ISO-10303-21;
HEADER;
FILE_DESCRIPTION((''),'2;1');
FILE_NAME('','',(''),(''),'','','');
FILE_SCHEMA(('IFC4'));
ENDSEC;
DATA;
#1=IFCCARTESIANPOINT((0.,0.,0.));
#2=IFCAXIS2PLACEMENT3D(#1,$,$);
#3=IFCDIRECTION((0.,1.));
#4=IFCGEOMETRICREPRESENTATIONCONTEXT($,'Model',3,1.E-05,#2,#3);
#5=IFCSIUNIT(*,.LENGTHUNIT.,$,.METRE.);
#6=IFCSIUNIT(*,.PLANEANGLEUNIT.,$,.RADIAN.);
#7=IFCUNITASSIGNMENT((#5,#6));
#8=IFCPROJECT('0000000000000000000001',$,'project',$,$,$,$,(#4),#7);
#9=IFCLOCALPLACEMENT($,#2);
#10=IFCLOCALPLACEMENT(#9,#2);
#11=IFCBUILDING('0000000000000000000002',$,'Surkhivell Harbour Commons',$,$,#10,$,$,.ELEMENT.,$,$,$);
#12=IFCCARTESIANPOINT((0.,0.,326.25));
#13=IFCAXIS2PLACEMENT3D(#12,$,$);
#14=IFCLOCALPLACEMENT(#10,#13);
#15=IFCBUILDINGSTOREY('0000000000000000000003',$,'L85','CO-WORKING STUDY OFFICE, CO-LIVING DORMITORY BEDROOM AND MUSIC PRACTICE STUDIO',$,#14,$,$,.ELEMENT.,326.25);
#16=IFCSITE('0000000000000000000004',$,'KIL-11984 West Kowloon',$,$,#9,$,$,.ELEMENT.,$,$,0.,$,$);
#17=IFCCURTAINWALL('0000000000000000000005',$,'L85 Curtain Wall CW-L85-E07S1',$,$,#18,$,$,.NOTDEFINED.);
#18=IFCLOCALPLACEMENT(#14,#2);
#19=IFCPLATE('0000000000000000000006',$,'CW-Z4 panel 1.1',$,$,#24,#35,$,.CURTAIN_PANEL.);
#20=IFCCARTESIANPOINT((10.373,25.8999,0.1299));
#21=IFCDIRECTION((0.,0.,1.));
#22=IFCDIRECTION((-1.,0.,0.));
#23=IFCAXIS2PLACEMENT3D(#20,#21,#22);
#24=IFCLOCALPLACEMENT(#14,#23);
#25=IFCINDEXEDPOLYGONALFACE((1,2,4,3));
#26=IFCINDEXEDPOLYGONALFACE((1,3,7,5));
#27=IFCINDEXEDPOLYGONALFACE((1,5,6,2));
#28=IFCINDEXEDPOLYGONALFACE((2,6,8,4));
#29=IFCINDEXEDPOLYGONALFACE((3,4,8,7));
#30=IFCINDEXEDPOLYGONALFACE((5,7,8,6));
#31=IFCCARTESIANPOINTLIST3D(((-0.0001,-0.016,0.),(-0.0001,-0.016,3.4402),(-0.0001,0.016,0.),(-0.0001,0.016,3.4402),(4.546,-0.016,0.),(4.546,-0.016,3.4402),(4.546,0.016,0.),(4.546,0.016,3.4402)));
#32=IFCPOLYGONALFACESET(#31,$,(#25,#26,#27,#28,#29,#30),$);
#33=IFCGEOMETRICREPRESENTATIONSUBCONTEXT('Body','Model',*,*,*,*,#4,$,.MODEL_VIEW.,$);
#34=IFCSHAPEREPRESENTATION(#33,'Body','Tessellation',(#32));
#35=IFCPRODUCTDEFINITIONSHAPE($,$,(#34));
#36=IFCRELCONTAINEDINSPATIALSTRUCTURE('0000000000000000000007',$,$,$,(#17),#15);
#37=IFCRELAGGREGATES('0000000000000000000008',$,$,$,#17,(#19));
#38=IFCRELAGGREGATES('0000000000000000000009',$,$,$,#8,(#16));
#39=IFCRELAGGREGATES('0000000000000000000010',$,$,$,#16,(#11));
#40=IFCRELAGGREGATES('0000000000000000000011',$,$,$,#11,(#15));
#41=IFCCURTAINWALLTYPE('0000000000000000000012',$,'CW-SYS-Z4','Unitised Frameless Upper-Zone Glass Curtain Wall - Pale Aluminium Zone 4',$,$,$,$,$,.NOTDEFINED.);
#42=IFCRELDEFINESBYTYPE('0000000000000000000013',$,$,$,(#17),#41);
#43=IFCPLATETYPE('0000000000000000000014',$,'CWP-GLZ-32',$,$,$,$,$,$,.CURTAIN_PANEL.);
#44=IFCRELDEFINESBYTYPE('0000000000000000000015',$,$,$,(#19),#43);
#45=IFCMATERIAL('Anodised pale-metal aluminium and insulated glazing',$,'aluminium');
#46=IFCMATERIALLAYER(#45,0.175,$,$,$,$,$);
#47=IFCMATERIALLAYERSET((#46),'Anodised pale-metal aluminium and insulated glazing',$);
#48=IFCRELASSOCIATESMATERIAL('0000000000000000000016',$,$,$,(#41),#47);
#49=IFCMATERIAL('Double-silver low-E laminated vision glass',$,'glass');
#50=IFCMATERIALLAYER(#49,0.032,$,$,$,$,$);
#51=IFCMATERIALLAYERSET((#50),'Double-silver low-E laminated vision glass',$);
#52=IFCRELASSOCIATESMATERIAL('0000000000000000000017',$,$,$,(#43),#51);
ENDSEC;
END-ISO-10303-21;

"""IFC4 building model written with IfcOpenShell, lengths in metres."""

from ifc_helpers import new_model, si_unit, direction, frame, frame_2d, origin, place, context, subcontext, project, spatial, rectangle, extrude, material, layer, layer_set, type_object, element, aggregate, save


model = new_model("IFC4")

# Units and contexts
model_context = context("Model", 3, precision=1e-05, world=origin(), true_north=direction((0.0, 1.0)))
body_context = subcontext(model_context, "Body", "Model", "MODEL_VIEW")
ifc_project = project(units=[si_unit("LENGTHUNIT", "METRE"), si_unit("PLANEANGLEUNIT", "RADIAN")], contexts=[model_context])

# Site, building, storey
site_placement = place(None, origin())
site = spatial("IfcSite", under=ifc_project, at=site_placement, Name="KIL-11984 West Kowloon", CompositionType="ELEMENT", RefElevation=0.0)
building_placement = place(site_placement, origin())
building = spatial("IfcBuilding", under=site, at=building_placement, Name="Surkhivell Harbour Commons", CompositionType="ELEMENT")
storey_placement = place(building_placement, frame((0.0, 0.0, 326.25)))
storey = spatial("IfcBuildingStorey", under=building, at=storey_placement, Name="L85", Description="CO-WORKING STUDY OFFICE, CO-LIVING DORMITORY BEDROOM AND MUSIC PRACTICE STUDIO", CompositionType="ELEMENT", Elevation=326.25)

# Curtain wall
ifc_material_1 = material(Name="Anodised pale-metal aluminium and insulated glazing", Category="aluminium")
ifc_layer_1 = layer(ifc_material_1, 0.175)
ifc_layer_set_1 = layer_set([ifc_layer_1], Name="Anodised pale-metal aluminium and insulated glazing")
curtain_wall_type = type_object("IfcCurtainWallType", Name="CW-SYS-Z4", Description="Unitised Frameless Upper-Zone Glass Curtain Wall - Pale Aluminium Zone 4", PredefinedType="NOTDEFINED", material=ifc_layer_set_1)
curtain_wall_1_placement = place(storey_placement, origin())
curtain_wall_1 = element("IfcCurtainWall", 1, at=curtain_wall_1_placement, inside=storey, type_object=curtain_wall_type, Name="L85 Curtain Wall CW-L85-E07S1", PredefinedType="NOTDEFINED")

# Plate
ifc_material_2 = material(Name="Double-silver low-E laminated vision glass", Category="glass")
ifc_layer_2 = layer(ifc_material_2, 0.032)
ifc_layer_set_2 = layer_set([ifc_layer_2], Name="Double-silver low-E laminated vision glass")
plate_type = type_object("IfcPlateType", Name="CWP-GLZ-32", PredefinedType="CURTAIN_PANEL", material=ifc_layer_set_2)
plate_1_placement = place(storey_placement, frame((10.373, 25.8999, 0.1299), z_axis=(0.0, 0.0, 1.0), x_axis=(-1.0, 0.0, 0.0)))
plate_1 = element("IfcPlate", 2, at=plate_1_placement, type_object=plate_type, Name="CW-Z4 panel 1.1", PredefinedType="CURTAIN_PANEL", context=body_context, shape_type="SweptSolid", body=[
    extrude(rectangle(XDim=4.5461, YDim=0.032, at=frame_2d((2.2729, 0.0))), origin(), (0.0, 0.0, 1.0), 3.4402),
])
aggregate(curtain_wall_1, [plate_1])

save(model, "model.ifc")
